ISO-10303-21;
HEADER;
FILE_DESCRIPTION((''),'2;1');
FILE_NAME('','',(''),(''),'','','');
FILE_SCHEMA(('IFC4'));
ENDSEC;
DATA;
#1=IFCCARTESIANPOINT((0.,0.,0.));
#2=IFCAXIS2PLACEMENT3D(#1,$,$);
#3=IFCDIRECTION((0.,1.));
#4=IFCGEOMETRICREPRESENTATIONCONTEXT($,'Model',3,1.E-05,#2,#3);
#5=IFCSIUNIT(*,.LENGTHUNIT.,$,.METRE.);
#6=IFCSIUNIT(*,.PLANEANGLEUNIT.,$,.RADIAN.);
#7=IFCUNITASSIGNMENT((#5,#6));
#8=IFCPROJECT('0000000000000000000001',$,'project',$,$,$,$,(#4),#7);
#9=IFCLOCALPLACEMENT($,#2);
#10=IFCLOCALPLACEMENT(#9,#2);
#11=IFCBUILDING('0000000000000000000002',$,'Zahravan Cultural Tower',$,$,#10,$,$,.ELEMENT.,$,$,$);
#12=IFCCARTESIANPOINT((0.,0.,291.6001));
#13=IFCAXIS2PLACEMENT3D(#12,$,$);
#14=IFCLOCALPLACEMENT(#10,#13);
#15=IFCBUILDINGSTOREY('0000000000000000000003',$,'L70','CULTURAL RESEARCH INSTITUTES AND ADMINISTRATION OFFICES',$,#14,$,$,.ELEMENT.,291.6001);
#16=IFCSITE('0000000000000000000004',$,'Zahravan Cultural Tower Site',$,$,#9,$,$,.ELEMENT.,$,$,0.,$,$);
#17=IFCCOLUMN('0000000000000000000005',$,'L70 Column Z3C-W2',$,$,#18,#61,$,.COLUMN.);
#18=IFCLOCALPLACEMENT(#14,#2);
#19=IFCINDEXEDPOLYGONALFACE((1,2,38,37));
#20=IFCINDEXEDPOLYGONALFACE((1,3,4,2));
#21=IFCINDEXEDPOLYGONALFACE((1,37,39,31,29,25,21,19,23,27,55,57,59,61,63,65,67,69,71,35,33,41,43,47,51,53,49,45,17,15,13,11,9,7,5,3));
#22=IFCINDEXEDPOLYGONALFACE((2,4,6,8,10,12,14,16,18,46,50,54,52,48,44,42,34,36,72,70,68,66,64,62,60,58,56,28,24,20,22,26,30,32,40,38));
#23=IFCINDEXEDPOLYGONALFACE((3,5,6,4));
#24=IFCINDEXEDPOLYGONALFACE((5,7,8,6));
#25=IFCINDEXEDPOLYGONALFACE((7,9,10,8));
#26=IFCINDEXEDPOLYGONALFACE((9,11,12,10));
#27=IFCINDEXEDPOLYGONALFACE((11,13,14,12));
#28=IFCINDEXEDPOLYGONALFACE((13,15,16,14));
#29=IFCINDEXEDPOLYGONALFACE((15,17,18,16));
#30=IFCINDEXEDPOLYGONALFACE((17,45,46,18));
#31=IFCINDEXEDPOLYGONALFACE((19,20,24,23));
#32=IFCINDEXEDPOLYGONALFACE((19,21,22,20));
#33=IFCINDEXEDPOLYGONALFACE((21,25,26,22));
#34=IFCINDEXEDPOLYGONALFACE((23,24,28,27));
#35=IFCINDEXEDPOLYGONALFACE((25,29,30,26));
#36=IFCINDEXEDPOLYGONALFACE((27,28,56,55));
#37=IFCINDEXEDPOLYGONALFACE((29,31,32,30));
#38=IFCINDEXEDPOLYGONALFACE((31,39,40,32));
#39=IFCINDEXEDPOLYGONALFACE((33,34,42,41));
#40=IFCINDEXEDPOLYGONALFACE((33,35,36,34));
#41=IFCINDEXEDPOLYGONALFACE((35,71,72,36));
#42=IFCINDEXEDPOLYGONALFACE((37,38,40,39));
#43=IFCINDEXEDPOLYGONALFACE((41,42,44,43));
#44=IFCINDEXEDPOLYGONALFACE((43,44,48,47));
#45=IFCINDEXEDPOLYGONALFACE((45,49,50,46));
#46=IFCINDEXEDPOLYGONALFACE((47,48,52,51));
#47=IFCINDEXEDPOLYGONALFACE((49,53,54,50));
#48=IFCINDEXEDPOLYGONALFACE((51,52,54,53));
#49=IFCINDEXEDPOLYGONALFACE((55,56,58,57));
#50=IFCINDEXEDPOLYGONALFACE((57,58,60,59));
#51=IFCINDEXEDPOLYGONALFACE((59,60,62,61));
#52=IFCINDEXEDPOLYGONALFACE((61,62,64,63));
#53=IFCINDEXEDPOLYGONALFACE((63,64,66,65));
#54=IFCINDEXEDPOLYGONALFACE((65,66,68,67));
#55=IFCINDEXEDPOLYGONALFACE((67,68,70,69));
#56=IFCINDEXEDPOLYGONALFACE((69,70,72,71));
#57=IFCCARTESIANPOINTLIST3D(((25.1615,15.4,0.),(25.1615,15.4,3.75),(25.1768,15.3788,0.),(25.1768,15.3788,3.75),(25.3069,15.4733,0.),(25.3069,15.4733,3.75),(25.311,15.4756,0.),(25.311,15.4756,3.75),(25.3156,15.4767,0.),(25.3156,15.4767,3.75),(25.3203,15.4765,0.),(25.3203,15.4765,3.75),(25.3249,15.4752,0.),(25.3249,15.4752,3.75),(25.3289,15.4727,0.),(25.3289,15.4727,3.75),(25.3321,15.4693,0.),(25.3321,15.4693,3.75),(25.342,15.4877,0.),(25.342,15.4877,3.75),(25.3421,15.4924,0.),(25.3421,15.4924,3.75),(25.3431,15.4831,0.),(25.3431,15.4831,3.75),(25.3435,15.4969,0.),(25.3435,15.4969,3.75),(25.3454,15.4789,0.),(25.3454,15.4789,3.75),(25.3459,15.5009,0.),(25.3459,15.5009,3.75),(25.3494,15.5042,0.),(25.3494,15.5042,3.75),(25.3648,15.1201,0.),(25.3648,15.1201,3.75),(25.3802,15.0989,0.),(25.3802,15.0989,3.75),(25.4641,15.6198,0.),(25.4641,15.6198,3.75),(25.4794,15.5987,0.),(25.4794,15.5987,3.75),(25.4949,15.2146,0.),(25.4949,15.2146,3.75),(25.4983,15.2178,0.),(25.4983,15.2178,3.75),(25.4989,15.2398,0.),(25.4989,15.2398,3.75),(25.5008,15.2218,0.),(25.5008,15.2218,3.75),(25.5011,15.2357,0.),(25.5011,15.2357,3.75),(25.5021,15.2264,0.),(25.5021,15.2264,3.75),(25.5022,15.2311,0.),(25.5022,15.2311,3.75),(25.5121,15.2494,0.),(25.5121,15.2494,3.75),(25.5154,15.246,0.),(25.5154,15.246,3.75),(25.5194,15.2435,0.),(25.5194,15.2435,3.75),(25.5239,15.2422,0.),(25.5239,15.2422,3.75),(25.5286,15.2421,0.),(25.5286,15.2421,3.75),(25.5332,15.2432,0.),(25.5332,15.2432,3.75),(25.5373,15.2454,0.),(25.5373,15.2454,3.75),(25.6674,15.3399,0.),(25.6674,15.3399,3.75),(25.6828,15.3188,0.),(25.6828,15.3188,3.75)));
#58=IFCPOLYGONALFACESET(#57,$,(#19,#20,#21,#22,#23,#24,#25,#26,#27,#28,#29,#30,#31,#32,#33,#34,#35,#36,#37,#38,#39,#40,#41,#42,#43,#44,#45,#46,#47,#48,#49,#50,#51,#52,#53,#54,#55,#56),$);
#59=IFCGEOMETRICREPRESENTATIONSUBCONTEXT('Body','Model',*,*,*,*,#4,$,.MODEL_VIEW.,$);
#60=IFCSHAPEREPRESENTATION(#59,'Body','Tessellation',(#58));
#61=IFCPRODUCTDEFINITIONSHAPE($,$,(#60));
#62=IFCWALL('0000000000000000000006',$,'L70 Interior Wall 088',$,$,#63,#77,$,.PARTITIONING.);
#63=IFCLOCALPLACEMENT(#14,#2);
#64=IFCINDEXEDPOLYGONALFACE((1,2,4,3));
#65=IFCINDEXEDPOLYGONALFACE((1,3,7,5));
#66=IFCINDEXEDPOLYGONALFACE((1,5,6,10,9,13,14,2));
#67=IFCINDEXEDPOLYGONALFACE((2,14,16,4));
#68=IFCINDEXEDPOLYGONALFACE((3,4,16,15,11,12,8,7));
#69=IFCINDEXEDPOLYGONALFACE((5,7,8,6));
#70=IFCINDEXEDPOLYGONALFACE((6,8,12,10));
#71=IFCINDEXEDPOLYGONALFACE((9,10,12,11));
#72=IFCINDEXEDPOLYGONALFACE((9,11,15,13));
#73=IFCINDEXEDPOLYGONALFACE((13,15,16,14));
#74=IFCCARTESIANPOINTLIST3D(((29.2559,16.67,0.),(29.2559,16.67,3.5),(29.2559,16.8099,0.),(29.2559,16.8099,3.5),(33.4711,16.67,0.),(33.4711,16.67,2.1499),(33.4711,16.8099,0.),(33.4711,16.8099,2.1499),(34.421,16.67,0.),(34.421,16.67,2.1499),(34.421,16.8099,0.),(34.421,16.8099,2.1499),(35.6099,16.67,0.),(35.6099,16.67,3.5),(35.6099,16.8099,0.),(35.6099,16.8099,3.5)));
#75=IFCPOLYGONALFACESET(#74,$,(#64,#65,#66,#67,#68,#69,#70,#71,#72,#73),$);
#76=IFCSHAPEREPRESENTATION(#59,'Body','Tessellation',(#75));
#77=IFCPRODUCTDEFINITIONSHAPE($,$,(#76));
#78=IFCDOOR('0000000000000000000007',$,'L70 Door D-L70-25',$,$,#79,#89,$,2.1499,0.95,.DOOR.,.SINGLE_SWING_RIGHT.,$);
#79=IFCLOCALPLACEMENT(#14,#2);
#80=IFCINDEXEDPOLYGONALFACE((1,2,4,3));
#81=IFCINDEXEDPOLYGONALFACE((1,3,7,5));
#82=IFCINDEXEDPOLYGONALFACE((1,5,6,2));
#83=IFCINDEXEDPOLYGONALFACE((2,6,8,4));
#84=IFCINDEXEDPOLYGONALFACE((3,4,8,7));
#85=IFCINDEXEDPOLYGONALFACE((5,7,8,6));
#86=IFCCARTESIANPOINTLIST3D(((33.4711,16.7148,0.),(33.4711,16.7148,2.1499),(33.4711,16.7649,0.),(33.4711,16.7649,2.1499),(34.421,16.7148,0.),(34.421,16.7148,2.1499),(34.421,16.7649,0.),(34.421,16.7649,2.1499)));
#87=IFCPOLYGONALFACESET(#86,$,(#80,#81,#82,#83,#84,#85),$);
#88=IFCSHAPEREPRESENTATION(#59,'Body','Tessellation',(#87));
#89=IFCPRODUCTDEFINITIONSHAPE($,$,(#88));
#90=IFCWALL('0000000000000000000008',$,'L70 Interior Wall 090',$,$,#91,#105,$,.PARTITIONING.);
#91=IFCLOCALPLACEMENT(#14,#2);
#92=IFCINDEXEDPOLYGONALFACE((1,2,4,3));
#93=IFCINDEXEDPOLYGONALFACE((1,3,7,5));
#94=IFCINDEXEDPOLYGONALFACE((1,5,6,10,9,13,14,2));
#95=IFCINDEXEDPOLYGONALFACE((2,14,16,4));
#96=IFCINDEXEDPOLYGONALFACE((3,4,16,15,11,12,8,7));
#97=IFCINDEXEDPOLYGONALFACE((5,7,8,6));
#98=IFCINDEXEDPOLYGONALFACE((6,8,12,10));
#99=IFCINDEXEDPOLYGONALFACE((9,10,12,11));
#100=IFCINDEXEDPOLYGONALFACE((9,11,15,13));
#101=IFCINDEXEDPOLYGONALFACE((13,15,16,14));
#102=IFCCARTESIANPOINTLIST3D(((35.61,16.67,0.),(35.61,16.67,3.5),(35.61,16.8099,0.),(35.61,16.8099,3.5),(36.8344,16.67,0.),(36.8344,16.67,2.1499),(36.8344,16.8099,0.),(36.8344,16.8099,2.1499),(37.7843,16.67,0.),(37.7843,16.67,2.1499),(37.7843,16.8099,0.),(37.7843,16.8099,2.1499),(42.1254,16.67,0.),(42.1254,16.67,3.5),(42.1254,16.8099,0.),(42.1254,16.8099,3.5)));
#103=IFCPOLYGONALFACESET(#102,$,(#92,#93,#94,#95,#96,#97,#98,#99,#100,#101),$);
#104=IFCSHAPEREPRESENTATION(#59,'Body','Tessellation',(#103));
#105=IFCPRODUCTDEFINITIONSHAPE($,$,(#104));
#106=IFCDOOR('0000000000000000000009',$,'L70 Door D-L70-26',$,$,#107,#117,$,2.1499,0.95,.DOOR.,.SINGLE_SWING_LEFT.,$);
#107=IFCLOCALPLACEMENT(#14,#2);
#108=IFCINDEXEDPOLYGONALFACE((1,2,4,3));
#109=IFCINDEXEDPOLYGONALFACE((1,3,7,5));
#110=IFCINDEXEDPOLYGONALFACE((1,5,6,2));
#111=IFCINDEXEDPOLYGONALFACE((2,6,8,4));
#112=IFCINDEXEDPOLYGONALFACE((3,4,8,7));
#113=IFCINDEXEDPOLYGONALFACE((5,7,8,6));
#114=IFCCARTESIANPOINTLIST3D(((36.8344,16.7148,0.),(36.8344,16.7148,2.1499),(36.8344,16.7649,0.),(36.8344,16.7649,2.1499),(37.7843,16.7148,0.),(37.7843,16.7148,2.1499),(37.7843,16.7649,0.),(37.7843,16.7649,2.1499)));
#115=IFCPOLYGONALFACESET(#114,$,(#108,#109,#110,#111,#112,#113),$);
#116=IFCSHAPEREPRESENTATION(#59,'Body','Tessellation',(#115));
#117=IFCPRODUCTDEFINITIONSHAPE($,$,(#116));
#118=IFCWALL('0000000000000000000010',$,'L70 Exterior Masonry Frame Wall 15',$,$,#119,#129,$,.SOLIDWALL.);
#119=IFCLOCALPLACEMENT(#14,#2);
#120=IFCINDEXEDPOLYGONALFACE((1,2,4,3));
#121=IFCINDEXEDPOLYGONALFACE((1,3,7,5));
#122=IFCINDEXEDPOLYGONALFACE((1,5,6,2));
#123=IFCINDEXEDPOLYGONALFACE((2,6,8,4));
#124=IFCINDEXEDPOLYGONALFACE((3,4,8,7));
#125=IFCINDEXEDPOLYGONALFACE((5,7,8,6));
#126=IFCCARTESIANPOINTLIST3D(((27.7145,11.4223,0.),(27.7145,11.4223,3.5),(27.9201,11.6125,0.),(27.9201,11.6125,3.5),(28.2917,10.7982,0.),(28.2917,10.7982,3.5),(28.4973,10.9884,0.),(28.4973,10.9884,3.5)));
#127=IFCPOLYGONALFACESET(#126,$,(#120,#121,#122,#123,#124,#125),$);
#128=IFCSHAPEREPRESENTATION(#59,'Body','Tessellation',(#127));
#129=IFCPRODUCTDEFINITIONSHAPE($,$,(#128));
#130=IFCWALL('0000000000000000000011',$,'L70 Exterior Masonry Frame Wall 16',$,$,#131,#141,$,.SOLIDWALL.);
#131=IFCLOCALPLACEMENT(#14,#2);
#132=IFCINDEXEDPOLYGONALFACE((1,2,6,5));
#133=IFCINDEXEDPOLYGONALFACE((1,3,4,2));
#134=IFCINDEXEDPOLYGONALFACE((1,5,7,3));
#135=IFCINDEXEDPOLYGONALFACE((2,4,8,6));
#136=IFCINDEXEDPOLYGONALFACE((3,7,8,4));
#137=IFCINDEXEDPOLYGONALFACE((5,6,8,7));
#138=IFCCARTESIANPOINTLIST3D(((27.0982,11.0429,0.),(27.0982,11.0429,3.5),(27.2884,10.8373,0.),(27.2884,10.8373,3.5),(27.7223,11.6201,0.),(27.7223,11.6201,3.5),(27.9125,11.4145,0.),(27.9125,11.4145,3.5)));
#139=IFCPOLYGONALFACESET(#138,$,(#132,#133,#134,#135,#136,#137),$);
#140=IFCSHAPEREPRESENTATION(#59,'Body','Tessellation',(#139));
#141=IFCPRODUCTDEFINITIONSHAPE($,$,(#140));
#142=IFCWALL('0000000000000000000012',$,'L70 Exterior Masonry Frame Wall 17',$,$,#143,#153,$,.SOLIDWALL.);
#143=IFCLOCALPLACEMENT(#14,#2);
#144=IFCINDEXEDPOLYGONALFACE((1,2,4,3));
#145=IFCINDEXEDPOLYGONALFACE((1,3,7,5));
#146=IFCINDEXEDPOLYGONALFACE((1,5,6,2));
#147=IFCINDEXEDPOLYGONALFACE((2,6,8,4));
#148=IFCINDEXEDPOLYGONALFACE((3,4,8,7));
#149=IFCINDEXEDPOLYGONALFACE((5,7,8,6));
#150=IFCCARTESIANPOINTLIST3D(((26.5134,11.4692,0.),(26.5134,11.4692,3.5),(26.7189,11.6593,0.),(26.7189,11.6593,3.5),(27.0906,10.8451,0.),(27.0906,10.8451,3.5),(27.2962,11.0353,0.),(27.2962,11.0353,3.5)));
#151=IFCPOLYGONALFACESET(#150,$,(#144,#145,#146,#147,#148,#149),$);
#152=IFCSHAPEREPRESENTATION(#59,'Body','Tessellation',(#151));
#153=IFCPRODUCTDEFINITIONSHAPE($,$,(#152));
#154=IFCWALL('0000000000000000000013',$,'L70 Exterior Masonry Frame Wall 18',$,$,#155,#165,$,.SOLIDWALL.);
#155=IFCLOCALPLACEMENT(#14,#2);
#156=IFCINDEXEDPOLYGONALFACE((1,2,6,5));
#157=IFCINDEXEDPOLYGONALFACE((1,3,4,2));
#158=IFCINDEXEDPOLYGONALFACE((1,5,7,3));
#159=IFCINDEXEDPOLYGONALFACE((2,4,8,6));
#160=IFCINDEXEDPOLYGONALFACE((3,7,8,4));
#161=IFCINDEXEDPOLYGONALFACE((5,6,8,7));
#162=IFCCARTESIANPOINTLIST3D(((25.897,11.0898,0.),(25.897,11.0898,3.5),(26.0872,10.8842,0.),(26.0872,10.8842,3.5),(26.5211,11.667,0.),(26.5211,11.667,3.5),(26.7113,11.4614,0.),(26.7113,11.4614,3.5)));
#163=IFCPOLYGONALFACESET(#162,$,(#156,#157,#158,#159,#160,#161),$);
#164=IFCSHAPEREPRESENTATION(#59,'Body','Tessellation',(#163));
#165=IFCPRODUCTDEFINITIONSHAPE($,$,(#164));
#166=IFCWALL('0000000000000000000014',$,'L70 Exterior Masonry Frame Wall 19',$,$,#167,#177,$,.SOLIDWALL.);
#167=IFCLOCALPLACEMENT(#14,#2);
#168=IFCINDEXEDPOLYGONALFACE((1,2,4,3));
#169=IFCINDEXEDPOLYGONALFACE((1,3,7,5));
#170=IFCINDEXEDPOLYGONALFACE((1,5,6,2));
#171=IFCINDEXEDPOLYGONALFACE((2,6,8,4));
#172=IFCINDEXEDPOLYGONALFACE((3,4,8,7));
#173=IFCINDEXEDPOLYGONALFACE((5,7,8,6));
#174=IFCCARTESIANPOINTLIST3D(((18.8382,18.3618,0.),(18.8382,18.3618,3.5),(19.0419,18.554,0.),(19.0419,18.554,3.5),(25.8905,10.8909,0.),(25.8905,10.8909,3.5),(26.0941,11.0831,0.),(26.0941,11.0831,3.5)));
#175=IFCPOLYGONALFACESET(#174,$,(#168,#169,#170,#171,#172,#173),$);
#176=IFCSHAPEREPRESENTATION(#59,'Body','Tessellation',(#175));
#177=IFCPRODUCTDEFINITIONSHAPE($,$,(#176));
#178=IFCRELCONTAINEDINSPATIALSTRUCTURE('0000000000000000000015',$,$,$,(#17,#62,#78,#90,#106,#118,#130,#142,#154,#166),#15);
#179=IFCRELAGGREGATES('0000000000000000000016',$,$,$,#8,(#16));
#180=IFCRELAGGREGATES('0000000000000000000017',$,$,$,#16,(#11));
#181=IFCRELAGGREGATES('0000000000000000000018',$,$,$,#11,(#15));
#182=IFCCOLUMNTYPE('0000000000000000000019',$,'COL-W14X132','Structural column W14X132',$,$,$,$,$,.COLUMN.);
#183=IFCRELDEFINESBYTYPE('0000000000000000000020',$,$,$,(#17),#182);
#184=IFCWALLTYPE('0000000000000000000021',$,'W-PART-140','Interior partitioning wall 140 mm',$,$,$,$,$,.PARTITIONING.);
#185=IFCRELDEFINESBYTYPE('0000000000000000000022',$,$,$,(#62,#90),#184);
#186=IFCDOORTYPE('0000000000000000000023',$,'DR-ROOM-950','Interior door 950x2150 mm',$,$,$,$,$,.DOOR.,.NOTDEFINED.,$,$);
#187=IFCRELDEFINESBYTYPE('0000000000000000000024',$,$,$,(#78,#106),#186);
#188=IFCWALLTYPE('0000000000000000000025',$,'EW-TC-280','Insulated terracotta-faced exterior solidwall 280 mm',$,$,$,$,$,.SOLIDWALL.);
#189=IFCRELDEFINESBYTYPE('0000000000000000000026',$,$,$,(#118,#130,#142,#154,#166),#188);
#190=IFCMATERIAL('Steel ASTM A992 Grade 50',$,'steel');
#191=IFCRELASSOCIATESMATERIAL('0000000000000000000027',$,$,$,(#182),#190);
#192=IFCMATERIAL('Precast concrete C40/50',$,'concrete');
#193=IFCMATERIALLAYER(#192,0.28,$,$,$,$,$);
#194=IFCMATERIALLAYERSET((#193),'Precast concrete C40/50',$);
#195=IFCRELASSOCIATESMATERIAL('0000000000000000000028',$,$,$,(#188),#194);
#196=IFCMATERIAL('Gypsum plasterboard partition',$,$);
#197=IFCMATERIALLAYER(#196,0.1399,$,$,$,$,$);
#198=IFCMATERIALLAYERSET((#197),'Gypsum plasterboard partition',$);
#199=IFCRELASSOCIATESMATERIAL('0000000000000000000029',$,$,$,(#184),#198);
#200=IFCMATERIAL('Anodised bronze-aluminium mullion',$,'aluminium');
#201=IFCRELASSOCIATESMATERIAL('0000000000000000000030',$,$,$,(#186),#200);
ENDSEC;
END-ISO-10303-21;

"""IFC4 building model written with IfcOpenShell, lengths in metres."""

from ifc_helpers import new_model, si_unit, direction, frame, frame_2d, origin, origin_2d, place, context, subcontext, project, spatial, rectangle, i_section, extrude, source, transform, mapped, material, layer, layer_set, material_profile, profile_set, type_object, element, fill, save


model = new_model("IFC4")

# Units and contexts
model_context = context("Model", 3, precision=1e-05, world=origin(), true_north=direction((0.0, 1.0)))
body_context = subcontext(model_context, "Body", "Model", "MODEL_VIEW")
ifc_project = project(units=[si_unit("LENGTHUNIT", "METRE"), si_unit("PLANEANGLEUNIT", "RADIAN")], contexts=[model_context])

# Site, building, storey
site_placement = place(None, origin())
site = spatial("IfcSite", under=ifc_project, at=site_placement, Name="Zahravan Cultural Tower Site", CompositionType="ELEMENT", RefElevation=0.0)
building_placement = place(site_placement, origin())
building = spatial("IfcBuilding", under=site, at=building_placement, Name="Zahravan Cultural Tower", CompositionType="ELEMENT")
storey_placement = place(building_placement, frame((0.0, 0.0, 291.6001)))
storey = spatial("IfcBuildingStorey", under=building, at=storey_placement, Name="L70", Description="CULTURAL RESEARCH INSTITUTES AND ADMINISTRATION OFFICES", CompositionType="ELEMENT", Elevation=291.6001)

# Column
ifc_material_1 = material(Name="Steel ASTM A992 Grade 50", Category="steel")
ifc_material_profile = material_profile(ifc_material_1, i_section(OverallWidth=0.374, OverallDepth=0.3721, WebThickness=0.0164, FlangeThickness=0.0261, FilletRadius=0.0181, at=origin_2d()), Name="W14X132")
ifc_profile_set = profile_set([ifc_material_profile], Name="Steel ASTM A992 Grade 50")
column_type = type_object("IfcColumnType", Name="COL-W14X132", Description="Structural column W14X132", PredefinedType="COLUMN", material=ifc_profile_set)
shared_shape_1 = source(origin(), body_context, "Body", "SweptSolid", [
    extrude(i_section(OverallWidth=0.374, OverallDepth=0.3721, WebThickness=0.0164, FlangeThickness=0.0261, FilletRadius=0.0181, at=origin_2d()), origin(), (0.0, 0.0, 1.0), 3.75),
])
column_placement = place(storey_placement, frame((25.4221, 15.3594, 0.0), z_axis=(0.0, 0.0, 1.0), x_axis=(0.809017, 0.587785, 0.0)))
element("IfcColumn", 1, at=column_placement, inside=storey, type_object=column_type, Name="L70 Column Z3C-W2", PredefinedType="COLUMN", context=body_context, shape_type="MappedRepresentation", body=[
    mapped(shared_shape_1, transform((0.0, 0.0, 0.0), x_axis=(1.0, 0.0, 0.0), y_axis=(0.0, 1.0, 0.0), z_axis=(0.0, 0.0, 1.0), scale=1.0)),
])

# Walls, openings, doors
ifc_material_2 = material(Name="Precast concrete C40/50", Category="concrete")
ifc_layer_1 = layer(ifc_material_2, 0.28)
ifc_layer_set_1 = layer_set([ifc_layer_1], Name="Precast concrete C40/50")
wall_type_1 = type_object("IfcWallType", Name="EW-TC-280", Description="Insulated terracotta-faced exterior solidwall 280 mm", PredefinedType="SOLIDWALL", material=ifc_layer_set_1)
ifc_material_3 = material(Name="Anodised bronze-aluminium mullion", Category="aluminium")
ifc_material_4 = material(Name="Gypsum plasterboard partition")
ifc_layer_2 = layer(ifc_material_4, 0.1399)
ifc_layer_set_2 = layer_set([ifc_layer_2], Name="Gypsum plasterboard partition")
wall_type_2 = type_object("IfcWallType", Name="W-PART-140", Description="Interior partitioning wall 140 mm", PredefinedType="PARTITIONING", material=ifc_layer_set_2)
wall_1_placement = place(storey_placement, frame((29.2559, 16.74, 0.0), z_axis=(0.0, 0.0, 1.0), x_axis=(1.0, 0.0, 0.0)))
wall_1 = element("IfcWall", 2, at=wall_1_placement, inside=storey, type_object=wall_type_2, Name="L70 Interior Wall 088", PredefinedType="PARTITIONING", context=body_context, shape_type="SweptSolid", body=[
    extrude(rectangle(XDim=6.354, YDim=0.1399, at=frame_2d((3.177, 0.0))), origin(), (0.0, 0.0, 1.0), 3.5),
])
opening_1_placement = place(wall_1_placement, frame((4.2151, 0.0, 0.0)))
opening_1 = element("IfcOpeningElement", 3, at=opening_1_placement, cuts=wall_1, PredefinedType="OPENING", context=body_context, shape_type="SweptSolid", body=[
    extrude(rectangle(XDim=0.95, YDim=2.1499, at=frame_2d((0.4751, 1.075))), frame((0.0, 0.0798, 0.0), z_axis=(0.0, -1.0, 0.0), x_axis=(1.0, 0.0, 0.0)), (0.0, 0.0, 1.0), 0.1599),
])
door_type_1 = type_object("IfcDoorType", Name="DR-ROOM-950", Description="Interior door 950x2150 mm", OperationType="NOTDEFINED", PredefinedType="DOOR", material=ifc_material_3)
shared_shape_2 = source(origin(), body_context, "Body", "SweptSolid", [
    extrude(rectangle(XDim=0.95, YDim=2.1499, at=frame_2d((0.4751, 1.075))), frame((0.0, 0.0249, 0.0), z_axis=(0.0, -1.0, 0.0), x_axis=(1.0, 0.0, 0.0)), (0.0, 0.0, 1.0), 0.05),
])
door_1_placement = place(opening_1_placement, origin())
door_1 = element("IfcDoor", 4, at=door_1_placement, inside=storey, type_object=door_type_1, Name="L70 Door D-L70-25", OperationType="SINGLE_SWING_RIGHT", OverallHeight=2.1499, OverallWidth=0.95, PredefinedType="DOOR", context=body_context, shape_type="MappedRepresentation", body=[
    mapped(shared_shape_2, transform((0.0, 0.0, 0.0), x_axis=(1.0, 0.0, 0.0), y_axis=(0.0, 1.0, 0.0), z_axis=(0.0, 0.0, 1.0), scale=1.0)),
])
fill(opening_1, door_1)
wall_2_placement = place(storey_placement, frame((35.6099, 16.74, 0.0), z_axis=(0.0, 0.0, 1.0), x_axis=(1.0, 0.0, 0.0)))
wall_2 = element("IfcWall", 5, at=wall_2_placement, inside=storey, type_object=wall_type_2, Name="L70 Interior Wall 090", PredefinedType="PARTITIONING", context=body_context, shape_type="SweptSolid", body=[
    extrude(rectangle(XDim=6.5154, YDim=0.1399, at=frame_2d((3.2578, 0.0))), origin(), (0.0, 0.0, 1.0), 3.5),
])
opening_2_placement = place(wall_2_placement, frame((1.2244, 0.0, 0.0)))
opening_2 = element("IfcOpeningElement", 6, at=opening_2_placement, cuts=wall_2, PredefinedType="OPENING", context=body_context, shape_type="SweptSolid", body=[
    extrude(rectangle(XDim=0.95, YDim=2.1499, at=frame_2d((0.4751, 1.075))), frame((0.0, 0.0798, 0.0), z_axis=(0.0, -1.0, 0.0), x_axis=(1.0, 0.0, 0.0)), (0.0, 0.0, 1.0), 0.1599),
])
door_2_placement = place(opening_2_placement, origin())
door_2 = element("IfcDoor", 7, at=door_2_placement, inside=storey, type_object=door_type_1, Name="L70 Door D-L70-26", OperationType="SINGLE_SWING_LEFT", OverallHeight=2.1499, OverallWidth=0.95, PredefinedType="DOOR", context=body_context, shape_type="MappedRepresentation", body=[
    mapped(shared_shape_2, transform((0.0, 0.0, 0.0), x_axis=(1.0, 0.0, 0.0), y_axis=(0.0, 1.0, 0.0), z_axis=(0.0, 0.0, 1.0), scale=1.0)),
])
fill(opening_2, door_2)

# Walls
shared_shape_3 = source(origin(), body_context, "Body", "SweptSolid", [
    extrude(rectangle(XDim=0.8501, YDim=0.28, at=frame_2d((0.425, 0.0))), origin(), (0.0, 0.0, 1.0), 3.5),
])
for number, where, z_axis, x_axis, name in (
    (8, (28.3945, 10.8933, 0.0), (0.0, 0.0, 1.0), (-0.678996, 0.734142, 0.0), "L70 Exterior Masonry Frame Wall 15"),
    (9, (27.8174, 11.5173, 0.0), (0.0, 0.0, 1.0), (-0.734142, -0.678996, 0.0), "L70 Exterior Masonry Frame Wall 16"),
    (10, (27.1934, 10.9402, 0.0), (0.0, 0.0, 1.0), (-0.678996, 0.734142, 0.0), "L70 Exterior Masonry Frame Wall 17"),
    (11, (26.6162, 11.5642, 0.0), (0.0, 0.0, 1.0), (-0.734142, -0.678996, 0.0), "L70 Exterior Masonry Frame Wall 18"),
):
    element("IfcWall", number, at=place(storey_placement, frame(where, z_axis=z_axis, x_axis=x_axis)), inside=storey, type_object=wall_type_1, Name=name, PredefinedType="SOLIDWALL", context=body_context, shape_type="MappedRepresentation", body=[
        mapped(shared_shape_3, transform((0.0, 0.0, 0.0), x_axis=(1.0, 0.0, 0.0), y_axis=(0.0, 1.0, 0.0), z_axis=(0.0, 0.0, 1.0), scale=1.0)),
    ])
shared_shape_4 = source(origin(), body_context, "Body", "SweptSolid", [
    extrude(rectangle(XDim=10.2737, YDim=0.28, at=frame_2d((5.1367, 0.0))), origin(), (0.0, 0.0, 1.0), 3.5),
])
wall_3_placement = place(storey_placement, frame((25.9922, 10.9871, 0.0), z_axis=(0.0, 0.0, 1.0), x_axis=(-0.686436, 0.72719, 0.0)))
element("IfcWall", 12, at=wall_3_placement, inside=storey, type_object=wall_type_1, Name="L70 Exterior Masonry Frame Wall 19", PredefinedType="SOLIDWALL", context=body_context, shape_type="MappedRepresentation", body=[
    mapped(shared_shape_4, transform((0.0, 0.0, 0.0), x_axis=(1.0, 0.0, 0.0), y_axis=(0.0, 1.0, 0.0), z_axis=(0.0, 0.0, 1.0), scale=1.0)),
])

save(model, "model.ifc")
